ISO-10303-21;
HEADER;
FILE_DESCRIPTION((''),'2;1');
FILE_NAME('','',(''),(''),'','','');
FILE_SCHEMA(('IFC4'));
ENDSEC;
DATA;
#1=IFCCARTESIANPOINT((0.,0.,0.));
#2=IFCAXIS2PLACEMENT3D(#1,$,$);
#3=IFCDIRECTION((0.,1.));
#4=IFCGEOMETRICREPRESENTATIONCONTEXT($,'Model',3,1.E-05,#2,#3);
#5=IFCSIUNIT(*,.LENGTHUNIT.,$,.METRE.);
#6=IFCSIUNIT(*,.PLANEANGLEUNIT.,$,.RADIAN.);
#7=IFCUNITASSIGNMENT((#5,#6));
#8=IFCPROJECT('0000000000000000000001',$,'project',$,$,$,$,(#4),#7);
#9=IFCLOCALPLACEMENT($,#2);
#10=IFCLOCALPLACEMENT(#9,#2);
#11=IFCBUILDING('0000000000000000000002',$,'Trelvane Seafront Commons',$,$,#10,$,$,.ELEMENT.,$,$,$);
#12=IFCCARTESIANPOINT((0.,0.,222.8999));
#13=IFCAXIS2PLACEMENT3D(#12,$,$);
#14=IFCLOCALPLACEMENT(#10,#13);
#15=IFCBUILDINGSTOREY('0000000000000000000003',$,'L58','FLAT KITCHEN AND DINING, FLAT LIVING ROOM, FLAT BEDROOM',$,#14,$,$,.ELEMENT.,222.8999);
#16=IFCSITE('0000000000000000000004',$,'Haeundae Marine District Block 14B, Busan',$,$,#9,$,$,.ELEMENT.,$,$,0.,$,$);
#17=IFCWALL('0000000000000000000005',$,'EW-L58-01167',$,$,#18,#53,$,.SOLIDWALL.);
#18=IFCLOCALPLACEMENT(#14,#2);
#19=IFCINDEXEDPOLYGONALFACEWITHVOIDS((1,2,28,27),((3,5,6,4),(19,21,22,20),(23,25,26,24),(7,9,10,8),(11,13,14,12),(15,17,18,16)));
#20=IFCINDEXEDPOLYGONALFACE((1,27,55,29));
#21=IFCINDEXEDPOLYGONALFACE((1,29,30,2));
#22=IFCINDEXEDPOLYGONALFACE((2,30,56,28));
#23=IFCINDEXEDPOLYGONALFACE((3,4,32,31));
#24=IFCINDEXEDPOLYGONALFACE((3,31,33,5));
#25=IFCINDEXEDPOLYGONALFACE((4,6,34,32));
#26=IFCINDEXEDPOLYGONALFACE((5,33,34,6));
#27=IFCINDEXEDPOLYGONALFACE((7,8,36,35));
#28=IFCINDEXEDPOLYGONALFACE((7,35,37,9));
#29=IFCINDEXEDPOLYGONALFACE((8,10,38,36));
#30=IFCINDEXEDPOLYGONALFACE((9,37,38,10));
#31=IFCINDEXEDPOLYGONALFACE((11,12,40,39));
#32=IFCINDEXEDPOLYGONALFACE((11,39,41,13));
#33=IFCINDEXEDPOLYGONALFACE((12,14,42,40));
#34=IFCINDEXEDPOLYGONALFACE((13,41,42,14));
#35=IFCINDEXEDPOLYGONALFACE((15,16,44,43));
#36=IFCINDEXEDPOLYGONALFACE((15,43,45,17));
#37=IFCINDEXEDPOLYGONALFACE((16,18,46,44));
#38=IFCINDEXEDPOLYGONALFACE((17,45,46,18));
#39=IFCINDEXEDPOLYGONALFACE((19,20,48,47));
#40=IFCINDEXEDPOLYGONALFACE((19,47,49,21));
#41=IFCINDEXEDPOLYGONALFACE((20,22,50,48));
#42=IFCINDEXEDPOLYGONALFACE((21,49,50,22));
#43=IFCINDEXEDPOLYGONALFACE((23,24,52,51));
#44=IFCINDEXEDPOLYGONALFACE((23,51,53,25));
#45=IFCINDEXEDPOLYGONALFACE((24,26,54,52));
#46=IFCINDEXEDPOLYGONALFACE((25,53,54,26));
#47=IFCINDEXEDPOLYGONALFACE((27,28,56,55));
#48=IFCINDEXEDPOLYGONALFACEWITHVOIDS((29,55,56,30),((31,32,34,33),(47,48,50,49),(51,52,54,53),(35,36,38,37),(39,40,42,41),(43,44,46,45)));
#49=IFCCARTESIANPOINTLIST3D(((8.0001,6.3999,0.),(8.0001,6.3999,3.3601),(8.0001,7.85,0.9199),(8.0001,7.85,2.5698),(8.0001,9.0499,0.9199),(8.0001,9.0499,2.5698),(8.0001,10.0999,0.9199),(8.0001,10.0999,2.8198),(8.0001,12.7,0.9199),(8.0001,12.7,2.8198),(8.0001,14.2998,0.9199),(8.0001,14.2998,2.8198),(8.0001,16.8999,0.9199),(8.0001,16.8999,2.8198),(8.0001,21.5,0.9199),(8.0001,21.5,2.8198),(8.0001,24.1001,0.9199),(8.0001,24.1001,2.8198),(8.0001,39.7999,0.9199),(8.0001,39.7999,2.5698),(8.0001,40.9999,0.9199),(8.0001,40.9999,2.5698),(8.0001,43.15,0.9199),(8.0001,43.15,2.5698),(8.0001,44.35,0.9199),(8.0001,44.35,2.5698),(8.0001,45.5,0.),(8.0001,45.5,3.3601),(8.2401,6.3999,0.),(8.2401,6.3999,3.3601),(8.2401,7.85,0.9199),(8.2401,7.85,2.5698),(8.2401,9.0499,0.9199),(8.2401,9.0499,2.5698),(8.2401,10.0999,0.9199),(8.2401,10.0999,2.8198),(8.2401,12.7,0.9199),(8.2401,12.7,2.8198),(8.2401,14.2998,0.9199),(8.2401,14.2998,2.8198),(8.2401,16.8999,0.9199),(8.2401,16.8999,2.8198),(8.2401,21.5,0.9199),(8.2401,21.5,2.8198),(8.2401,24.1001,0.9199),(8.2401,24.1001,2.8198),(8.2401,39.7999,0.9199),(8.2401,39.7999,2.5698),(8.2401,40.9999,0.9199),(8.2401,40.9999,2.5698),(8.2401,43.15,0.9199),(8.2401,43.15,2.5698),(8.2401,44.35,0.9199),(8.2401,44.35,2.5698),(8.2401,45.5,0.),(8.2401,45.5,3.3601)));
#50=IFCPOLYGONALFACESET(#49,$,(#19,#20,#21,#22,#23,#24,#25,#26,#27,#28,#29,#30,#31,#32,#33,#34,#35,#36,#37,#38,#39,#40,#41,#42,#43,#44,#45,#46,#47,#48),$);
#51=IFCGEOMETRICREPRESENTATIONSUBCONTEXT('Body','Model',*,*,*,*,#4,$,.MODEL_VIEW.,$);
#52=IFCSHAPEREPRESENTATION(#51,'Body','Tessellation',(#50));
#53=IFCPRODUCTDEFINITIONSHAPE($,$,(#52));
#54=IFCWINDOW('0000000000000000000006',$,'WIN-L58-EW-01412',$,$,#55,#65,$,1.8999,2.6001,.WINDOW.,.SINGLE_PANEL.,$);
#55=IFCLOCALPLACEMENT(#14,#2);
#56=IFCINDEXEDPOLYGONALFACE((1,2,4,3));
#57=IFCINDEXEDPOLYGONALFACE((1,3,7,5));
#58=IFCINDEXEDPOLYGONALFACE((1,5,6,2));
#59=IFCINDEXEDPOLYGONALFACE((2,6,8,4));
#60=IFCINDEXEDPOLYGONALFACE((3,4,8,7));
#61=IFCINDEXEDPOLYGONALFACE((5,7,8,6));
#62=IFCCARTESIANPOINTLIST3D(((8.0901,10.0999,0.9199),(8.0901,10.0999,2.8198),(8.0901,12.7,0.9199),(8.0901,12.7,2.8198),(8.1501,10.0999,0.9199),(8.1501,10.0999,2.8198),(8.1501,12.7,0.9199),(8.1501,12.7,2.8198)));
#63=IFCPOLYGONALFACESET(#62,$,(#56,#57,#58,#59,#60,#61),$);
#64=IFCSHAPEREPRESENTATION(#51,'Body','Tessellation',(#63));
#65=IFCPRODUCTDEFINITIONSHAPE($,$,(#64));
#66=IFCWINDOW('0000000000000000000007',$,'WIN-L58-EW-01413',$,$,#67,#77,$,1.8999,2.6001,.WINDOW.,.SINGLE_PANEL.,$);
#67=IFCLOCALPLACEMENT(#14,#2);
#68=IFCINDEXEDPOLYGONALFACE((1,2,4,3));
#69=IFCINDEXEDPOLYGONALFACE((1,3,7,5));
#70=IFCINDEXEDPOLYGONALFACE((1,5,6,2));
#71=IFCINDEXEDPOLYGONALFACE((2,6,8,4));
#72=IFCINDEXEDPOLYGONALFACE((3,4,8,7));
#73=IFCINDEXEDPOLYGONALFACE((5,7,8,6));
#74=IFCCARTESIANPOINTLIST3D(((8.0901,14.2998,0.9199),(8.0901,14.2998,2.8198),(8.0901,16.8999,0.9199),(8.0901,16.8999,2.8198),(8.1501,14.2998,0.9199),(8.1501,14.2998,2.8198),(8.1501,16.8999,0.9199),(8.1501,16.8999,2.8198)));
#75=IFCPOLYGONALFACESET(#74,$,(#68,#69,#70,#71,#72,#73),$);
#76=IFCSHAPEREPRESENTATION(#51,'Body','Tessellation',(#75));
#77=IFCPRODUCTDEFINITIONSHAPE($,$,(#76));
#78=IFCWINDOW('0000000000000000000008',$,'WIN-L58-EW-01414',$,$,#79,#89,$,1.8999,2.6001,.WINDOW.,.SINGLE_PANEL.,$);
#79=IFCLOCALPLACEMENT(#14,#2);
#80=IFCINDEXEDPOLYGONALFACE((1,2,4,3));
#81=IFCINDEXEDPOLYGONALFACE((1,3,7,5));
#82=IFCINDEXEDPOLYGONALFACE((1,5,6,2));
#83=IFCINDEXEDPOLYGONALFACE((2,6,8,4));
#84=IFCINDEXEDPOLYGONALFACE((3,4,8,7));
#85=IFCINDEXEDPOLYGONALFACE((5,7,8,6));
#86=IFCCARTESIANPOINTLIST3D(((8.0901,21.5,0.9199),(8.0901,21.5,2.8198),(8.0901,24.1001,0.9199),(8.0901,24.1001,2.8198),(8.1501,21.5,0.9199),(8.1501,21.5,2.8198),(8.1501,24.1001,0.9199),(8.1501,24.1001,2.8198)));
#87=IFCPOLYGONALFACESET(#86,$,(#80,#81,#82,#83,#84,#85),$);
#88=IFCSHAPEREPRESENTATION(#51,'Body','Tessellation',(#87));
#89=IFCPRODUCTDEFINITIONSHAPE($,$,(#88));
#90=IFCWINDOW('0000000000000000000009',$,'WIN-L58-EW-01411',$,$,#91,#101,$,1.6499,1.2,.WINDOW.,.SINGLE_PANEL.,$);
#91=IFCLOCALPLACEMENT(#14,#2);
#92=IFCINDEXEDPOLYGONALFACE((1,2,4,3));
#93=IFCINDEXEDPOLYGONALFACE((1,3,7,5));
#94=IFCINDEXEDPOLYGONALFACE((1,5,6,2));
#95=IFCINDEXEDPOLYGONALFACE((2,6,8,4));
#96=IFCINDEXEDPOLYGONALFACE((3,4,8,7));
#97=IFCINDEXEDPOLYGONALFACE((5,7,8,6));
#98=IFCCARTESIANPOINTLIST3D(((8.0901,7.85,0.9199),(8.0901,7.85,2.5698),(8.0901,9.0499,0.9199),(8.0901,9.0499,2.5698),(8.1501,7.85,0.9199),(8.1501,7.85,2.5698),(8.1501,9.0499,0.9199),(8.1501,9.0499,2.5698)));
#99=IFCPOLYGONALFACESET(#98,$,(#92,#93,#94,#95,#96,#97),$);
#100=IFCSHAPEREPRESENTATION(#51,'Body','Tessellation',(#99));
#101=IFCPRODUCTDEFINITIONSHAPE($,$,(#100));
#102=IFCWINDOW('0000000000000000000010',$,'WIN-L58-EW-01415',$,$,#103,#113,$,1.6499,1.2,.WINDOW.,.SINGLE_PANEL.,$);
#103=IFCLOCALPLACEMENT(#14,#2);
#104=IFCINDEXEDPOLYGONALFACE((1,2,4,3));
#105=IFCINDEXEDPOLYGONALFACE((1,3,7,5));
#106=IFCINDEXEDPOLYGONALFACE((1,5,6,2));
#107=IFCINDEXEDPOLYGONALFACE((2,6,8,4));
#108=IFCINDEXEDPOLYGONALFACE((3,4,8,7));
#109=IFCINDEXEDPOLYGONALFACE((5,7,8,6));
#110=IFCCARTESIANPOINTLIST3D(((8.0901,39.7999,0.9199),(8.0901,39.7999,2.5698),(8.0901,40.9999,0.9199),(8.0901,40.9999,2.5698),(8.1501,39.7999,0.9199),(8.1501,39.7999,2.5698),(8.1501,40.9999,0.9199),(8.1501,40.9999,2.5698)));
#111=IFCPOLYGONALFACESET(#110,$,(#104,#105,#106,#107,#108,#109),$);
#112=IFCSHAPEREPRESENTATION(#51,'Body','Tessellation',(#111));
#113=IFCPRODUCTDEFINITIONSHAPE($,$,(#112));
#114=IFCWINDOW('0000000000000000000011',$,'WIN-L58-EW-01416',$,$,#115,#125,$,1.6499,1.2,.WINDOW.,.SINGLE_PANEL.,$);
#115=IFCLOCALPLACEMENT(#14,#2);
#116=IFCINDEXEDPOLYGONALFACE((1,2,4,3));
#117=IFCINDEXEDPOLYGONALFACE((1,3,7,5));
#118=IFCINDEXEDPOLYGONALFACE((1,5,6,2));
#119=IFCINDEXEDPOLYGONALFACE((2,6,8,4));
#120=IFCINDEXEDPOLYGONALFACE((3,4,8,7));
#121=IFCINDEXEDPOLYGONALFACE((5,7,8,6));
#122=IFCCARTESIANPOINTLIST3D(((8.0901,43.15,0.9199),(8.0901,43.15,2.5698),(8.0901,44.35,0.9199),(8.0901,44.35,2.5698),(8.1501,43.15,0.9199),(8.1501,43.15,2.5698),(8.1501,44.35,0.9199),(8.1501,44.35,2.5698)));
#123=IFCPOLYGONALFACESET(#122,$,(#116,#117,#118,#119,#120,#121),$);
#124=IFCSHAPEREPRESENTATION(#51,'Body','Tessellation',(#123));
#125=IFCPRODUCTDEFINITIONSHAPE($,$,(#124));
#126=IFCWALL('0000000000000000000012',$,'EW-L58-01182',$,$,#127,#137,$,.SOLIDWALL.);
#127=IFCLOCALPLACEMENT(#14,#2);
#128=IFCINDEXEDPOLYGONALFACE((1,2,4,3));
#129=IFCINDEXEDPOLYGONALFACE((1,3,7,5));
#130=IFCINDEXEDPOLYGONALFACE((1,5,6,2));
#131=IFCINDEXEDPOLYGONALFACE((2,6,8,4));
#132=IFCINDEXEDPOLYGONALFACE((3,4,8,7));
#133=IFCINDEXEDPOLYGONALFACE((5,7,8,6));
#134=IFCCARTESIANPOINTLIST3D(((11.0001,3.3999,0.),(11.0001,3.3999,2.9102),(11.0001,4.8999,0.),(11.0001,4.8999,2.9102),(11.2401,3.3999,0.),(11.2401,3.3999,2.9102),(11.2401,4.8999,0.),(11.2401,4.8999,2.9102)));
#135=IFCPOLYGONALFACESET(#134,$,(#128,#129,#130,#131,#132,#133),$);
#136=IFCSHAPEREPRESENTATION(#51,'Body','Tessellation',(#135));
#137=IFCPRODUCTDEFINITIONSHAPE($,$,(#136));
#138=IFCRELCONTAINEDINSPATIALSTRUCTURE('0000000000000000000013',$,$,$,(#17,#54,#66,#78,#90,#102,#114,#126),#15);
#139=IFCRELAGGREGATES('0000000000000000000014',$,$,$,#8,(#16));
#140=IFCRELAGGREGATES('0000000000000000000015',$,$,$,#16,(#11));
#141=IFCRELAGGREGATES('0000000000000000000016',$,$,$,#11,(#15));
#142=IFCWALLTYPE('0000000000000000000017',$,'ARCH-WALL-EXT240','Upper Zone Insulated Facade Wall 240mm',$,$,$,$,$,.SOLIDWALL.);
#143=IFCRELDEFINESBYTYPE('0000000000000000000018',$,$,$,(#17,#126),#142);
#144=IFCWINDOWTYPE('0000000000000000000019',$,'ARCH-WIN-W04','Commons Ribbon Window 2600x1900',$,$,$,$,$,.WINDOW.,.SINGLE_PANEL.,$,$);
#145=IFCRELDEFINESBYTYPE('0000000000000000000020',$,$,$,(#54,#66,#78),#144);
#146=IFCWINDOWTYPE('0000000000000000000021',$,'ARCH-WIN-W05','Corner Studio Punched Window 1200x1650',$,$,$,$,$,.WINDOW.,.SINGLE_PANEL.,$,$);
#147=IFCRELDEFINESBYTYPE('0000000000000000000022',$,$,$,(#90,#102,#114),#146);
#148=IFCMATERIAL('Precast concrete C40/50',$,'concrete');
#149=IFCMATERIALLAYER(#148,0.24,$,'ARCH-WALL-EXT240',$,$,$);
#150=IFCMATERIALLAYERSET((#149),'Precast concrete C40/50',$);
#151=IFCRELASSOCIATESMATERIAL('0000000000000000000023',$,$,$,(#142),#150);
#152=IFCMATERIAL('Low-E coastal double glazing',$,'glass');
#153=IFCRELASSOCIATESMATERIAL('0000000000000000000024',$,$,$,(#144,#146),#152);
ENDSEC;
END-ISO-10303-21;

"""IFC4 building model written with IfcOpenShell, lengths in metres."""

from ifc_helpers import new_model, si_unit, direction, frame, frame_2d, origin, place, context, subcontext, project, spatial, rectangle, extrude, source, transform, mapped, material, layer, layer_set, type_object, element, fill, save


model = new_model("IFC4")

# Units and contexts
model_context = context("Model", 3, precision=1e-05, world=origin(), true_north=direction((0.0, 1.0)))
body_context = subcontext(model_context, "Body", "Model", "MODEL_VIEW")
ifc_project = project(units=[si_unit("LENGTHUNIT", "METRE"), si_unit("PLANEANGLEUNIT", "RADIAN")], contexts=[model_context])

# Site, building, storey
site_placement = place(None, origin())
site = spatial("IfcSite", under=ifc_project, at=site_placement, Name="Haeundae Marine District Block 14B, Busan", CompositionType="ELEMENT", RefElevation=0.0)
building_placement = place(site_placement, origin())
building = spatial("IfcBuilding", under=site, at=building_placement, Name="Trelvane Seafront Commons", CompositionType="ELEMENT")
storey_placement = place(building_placement, frame((0.0, 0.0, 222.8999)))
storey = spatial("IfcBuildingStorey", under=building, at=storey_placement, Name="L58", Description="FLAT KITCHEN AND DINING, FLAT LIVING ROOM, FLAT BEDROOM", CompositionType="ELEMENT", Elevation=222.8999)

# Shared definitions
ifc_material_1 = material(Name="Precast concrete C40/50", Category="concrete")
ifc_layer_1 = layer(ifc_material_1, 0.24, Name="ARCH-WALL-EXT240")
ifc_layer_set_1 = layer_set([ifc_layer_1], Name="Precast concrete C40/50")
wall_type_1 = type_object("IfcWallType", Name="ARCH-WALL-EXT240", Description="Upper Zone Insulated Facade Wall 240mm", PredefinedType="SOLIDWALL", material=ifc_layer_set_1)

# Wall, openings, windows
wall_1_placement = place(storey_placement, frame((8.1201, 6.3999, 0.0), z_axis=(0.0, 0.0, 1.0), x_axis=(0.0, 1.0, 0.0)))
wall_1 = element("IfcWall", 1, at=wall_1_placement, inside=storey, type_object=wall_type_1, Name="EW-L58-01167", PredefinedType="SOLIDWALL", context=body_context, shape_type="SweptSolid", body=[
    extrude(rectangle(XDim=39.1001, YDim=0.24, at=frame_2d((19.55, 0.0))), origin(), (0.0, 0.0, 1.0), 3.3601),
])
opening_1_placement = place(wall_1_placement, frame((1.45, 0.0, 0.9199)))
opening_1 = element("IfcOpeningElement", 2, at=opening_1_placement, cuts=wall_1, PredefinedType="OPENING", context=body_context, shape_type="SweptSolid", body=[
    extrude(rectangle(XDim=1.2, YDim=1.6499, at=frame_2d((0.6001, 0.825))), frame((0.0, 0.1299, 0.0), z_axis=(0.0, -1.0, 0.0), x_axis=(1.0, 0.0, 0.0)), (0.0, 0.0, 1.0), 0.26),
])
opening_2_placement = place(wall_1_placement, frame((3.7, 0.0, 0.9199)))
opening_2 = element("IfcOpeningElement", 3, at=opening_2_placement, cuts=wall_1, PredefinedType="OPENING", context=body_context, shape_type="SweptSolid", body=[
    extrude(rectangle(XDim=2.6001, YDim=1.8999, at=frame_2d((1.3, 0.95))), frame((0.0, 0.1299, 0.0), z_axis=(0.0, -1.0, 0.0), x_axis=(1.0, 0.0, 0.0)), (0.0, 0.0, 1.0), 0.26),
])
opening_3_placement = place(wall_1_placement, frame((7.8999, 0.0, 0.9199)))
opening_3 = element("IfcOpeningElement", 4, at=opening_3_placement, cuts=wall_1, PredefinedType="OPENING", context=body_context, shape_type="SweptSolid", body=[
    extrude(rectangle(XDim=2.6001, YDim=1.8999, at=frame_2d((1.3, 0.95))), frame((0.0, 0.1299, 0.0), z_axis=(0.0, -1.0, 0.0), x_axis=(1.0, 0.0, 0.0)), (0.0, 0.0, 1.0), 0.26),
])
opening_4_placement = place(wall_1_placement, frame((15.1001, 0.0, 0.9199)))
opening_4 = element("IfcOpeningElement", 5, at=opening_4_placement, cuts=wall_1, PredefinedType="OPENING", context=body_context, shape_type="SweptSolid", body=[
    extrude(rectangle(XDim=2.6001, YDim=1.8999, at=frame_2d((1.3, 0.95))), frame((0.0, 0.1299, 0.0), z_axis=(0.0, -1.0, 0.0), x_axis=(1.0, 0.0, 0.0)), (0.0, 0.0, 1.0), 0.26),
])
opening_5_placement = place(wall_1_placement, frame((33.3999, 0.0, 0.9199)))
opening_5 = element("IfcOpeningElement", 6, at=opening_5_placement, cuts=wall_1, PredefinedType="OPENING", context=body_context, shape_type="SweptSolid", body=[
    extrude(rectangle(XDim=1.2, YDim=1.6499, at=frame_2d((0.6001, 0.825))), frame((0.0, 0.1299, 0.0), z_axis=(0.0, -1.0, 0.0), x_axis=(1.0, 0.0, 0.0)), (0.0, 0.0, 1.0), 0.26),
])
opening_6_placement = place(wall_1_placement, frame((36.75, 0.0, 0.9199)))
opening_6 = element("IfcOpeningElement", 7, at=opening_6_placement, cuts=wall_1, PredefinedType="OPENING", context=body_context, shape_type="SweptSolid", body=[
    extrude(rectangle(XDim=1.2, YDim=1.6499, at=frame_2d((0.6001, 0.825))), frame((0.0, 0.1299, 0.0), z_axis=(0.0, -1.0, 0.0), x_axis=(1.0, 0.0, 0.0)), (0.0, 0.0, 1.0), 0.26),
])
ifc_material_2 = material(Name="Low-E coastal double glazing", Category="glass")
window_type_1 = type_object("IfcWindowType", Name="ARCH-WIN-W04", Description="Commons Ribbon Window 2600x1900", PartitioningType="SINGLE_PANEL", PredefinedType="WINDOW", material=ifc_material_2)
shared_shape_1 = source(origin(), body_context, "Body", "SweptSolid", [
    extrude(rectangle(XDim=2.6001, YDim=1.8999, at=frame_2d((1.3, 0.95))), frame((0.0, 0.03, 0.0), z_axis=(0.0, -1.0, 0.0), x_axis=(1.0, 0.0, 0.0)), (0.0, 0.0, 1.0), 0.0601),
])
window_1_placement = place(opening_2_placement, origin())
window_1 = element("IfcWindow", 8, at=window_1_placement, inside=storey, type_object=window_type_1, Name="WIN-L58-EW-01412", OverallHeight=1.8999, OverallWidth=2.6001, PartitioningType="SINGLE_PANEL", PredefinedType="WINDOW", context=body_context, shape_type="MappedRepresentation", body=[
    mapped(shared_shape_1, transform((0.0, 0.0, 0.0), x_axis=(1.0, 0.0, 0.0), y_axis=(0.0, 1.0, 0.0), z_axis=(0.0, 0.0, 1.0), scale=1.0)),
])
fill(opening_2, window_1)
window_2_placement = place(opening_3_placement, origin())
window_2 = element("IfcWindow", 9, at=window_2_placement, inside=storey, type_object=window_type_1, Name="WIN-L58-EW-01413", OverallHeight=1.8999, OverallWidth=2.6001, PartitioningType="SINGLE_PANEL", PredefinedType="WINDOW", context=body_context, shape_type="MappedRepresentation", body=[
    mapped(shared_shape_1, transform((0.0, 0.0, 0.0), x_axis=(1.0, 0.0, 0.0), y_axis=(0.0, 1.0, 0.0), z_axis=(0.0, 0.0, 1.0), scale=1.0)),
])
fill(opening_3, window_2)
window_3_placement = place(opening_4_placement, origin())
window_3 = element("IfcWindow", 10, at=window_3_placement, inside=storey, type_object=window_type_1, Name="WIN-L58-EW-01414", OverallHeight=1.8999, OverallWidth=2.6001, PartitioningType="SINGLE_PANEL", PredefinedType="WINDOW", context=body_context, shape_type="MappedRepresentation", body=[
    mapped(shared_shape_1, transform((0.0, 0.0, 0.0), x_axis=(1.0, 0.0, 0.0), y_axis=(0.0, 1.0, 0.0), z_axis=(0.0, 0.0, 1.0), scale=1.0)),
])
fill(opening_4, window_3)
window_type_2 = type_object("IfcWindowType", Name="ARCH-WIN-W05", Description="Corner Studio Punched Window 1200x1650", PartitioningType="SINGLE_PANEL", PredefinedType="WINDOW", material=ifc_material_2)
shared_shape_2 = source(origin(), body_context, "Body", "SweptSolid", [
    extrude(rectangle(XDim=1.2, YDim=1.6499, at=frame_2d((0.6001, 0.825))), frame((0.0, 0.03, 0.0), z_axis=(0.0, -1.0, 0.0), x_axis=(1.0, 0.0, 0.0)), (0.0, 0.0, 1.0), 0.0601),
])
window_4_placement = place(opening_1_placement, origin())
window_4 = element("IfcWindow", 11, at=window_4_placement, inside=storey, type_object=window_type_2, Name="WIN-L58-EW-01411", OverallHeight=1.6499, OverallWidth=1.2, PartitioningType="SINGLE_PANEL", PredefinedType="WINDOW", context=body_context, shape_type="MappedRepresentation", body=[
    mapped(shared_shape_2, transform((0.0, 0.0, 0.0), x_axis=(1.0, 0.0, 0.0), y_axis=(0.0, 1.0, 0.0), z_axis=(0.0, 0.0, 1.0), scale=1.0)),
])
fill(opening_1, window_4)
window_5_placement = place(opening_5_placement, origin())
window_5 = element("IfcWindow", 12, at=window_5_placement, inside=storey, type_object=window_type_2, Name="WIN-L58-EW-01415", OverallHeight=1.6499, OverallWidth=1.2, PartitioningType="SINGLE_PANEL", PredefinedType="WINDOW", context=body_context, shape_type="MappedRepresentation", body=[
    mapped(shared_shape_2, transform((0.0, 0.0, 0.0), x_axis=(1.0, 0.0, 0.0), y_axis=(0.0, 1.0, 0.0), z_axis=(0.0, 0.0, 1.0), scale=1.0)),
])
fill(opening_5, window_5)
window_6_placement = place(opening_6_placement, origin())
window_6 = element("IfcWindow", 13, at=window_6_placement, inside=storey, type_object=window_type_2, Name="WIN-L58-EW-01416", OverallHeight=1.6499, OverallWidth=1.2, PartitioningType="SINGLE_PANEL", PredefinedType="WINDOW", context=body_context, shape_type="MappedRepresentation", body=[
    mapped(shared_shape_2, transform((0.0, 0.0, 0.0), x_axis=(1.0, 0.0, 0.0), y_axis=(0.0, 1.0, 0.0), z_axis=(0.0, 0.0, 1.0), scale=1.0)),
])
fill(opening_6, window_6)

# Wall
wall_2_placement = place(storey_placement, frame((11.1201, 3.3999, 0.0), z_axis=(0.0, 0.0, 1.0), x_axis=(0.0, 1.0, 0.0)))
element("IfcWall", 14, at=wall_2_placement, inside=storey, type_object=wall_type_1, Name="EW-L58-01182", PredefinedType="SOLIDWALL", context=body_context, shape_type="SweptSolid", body=[
    extrude(rectangle(XDim=1.5, YDim=0.24, at=frame_2d((0.75, 0.0))), origin(), (0.0, 0.0, 1.0), 2.9102),
])

save(model, "model.ifc")
